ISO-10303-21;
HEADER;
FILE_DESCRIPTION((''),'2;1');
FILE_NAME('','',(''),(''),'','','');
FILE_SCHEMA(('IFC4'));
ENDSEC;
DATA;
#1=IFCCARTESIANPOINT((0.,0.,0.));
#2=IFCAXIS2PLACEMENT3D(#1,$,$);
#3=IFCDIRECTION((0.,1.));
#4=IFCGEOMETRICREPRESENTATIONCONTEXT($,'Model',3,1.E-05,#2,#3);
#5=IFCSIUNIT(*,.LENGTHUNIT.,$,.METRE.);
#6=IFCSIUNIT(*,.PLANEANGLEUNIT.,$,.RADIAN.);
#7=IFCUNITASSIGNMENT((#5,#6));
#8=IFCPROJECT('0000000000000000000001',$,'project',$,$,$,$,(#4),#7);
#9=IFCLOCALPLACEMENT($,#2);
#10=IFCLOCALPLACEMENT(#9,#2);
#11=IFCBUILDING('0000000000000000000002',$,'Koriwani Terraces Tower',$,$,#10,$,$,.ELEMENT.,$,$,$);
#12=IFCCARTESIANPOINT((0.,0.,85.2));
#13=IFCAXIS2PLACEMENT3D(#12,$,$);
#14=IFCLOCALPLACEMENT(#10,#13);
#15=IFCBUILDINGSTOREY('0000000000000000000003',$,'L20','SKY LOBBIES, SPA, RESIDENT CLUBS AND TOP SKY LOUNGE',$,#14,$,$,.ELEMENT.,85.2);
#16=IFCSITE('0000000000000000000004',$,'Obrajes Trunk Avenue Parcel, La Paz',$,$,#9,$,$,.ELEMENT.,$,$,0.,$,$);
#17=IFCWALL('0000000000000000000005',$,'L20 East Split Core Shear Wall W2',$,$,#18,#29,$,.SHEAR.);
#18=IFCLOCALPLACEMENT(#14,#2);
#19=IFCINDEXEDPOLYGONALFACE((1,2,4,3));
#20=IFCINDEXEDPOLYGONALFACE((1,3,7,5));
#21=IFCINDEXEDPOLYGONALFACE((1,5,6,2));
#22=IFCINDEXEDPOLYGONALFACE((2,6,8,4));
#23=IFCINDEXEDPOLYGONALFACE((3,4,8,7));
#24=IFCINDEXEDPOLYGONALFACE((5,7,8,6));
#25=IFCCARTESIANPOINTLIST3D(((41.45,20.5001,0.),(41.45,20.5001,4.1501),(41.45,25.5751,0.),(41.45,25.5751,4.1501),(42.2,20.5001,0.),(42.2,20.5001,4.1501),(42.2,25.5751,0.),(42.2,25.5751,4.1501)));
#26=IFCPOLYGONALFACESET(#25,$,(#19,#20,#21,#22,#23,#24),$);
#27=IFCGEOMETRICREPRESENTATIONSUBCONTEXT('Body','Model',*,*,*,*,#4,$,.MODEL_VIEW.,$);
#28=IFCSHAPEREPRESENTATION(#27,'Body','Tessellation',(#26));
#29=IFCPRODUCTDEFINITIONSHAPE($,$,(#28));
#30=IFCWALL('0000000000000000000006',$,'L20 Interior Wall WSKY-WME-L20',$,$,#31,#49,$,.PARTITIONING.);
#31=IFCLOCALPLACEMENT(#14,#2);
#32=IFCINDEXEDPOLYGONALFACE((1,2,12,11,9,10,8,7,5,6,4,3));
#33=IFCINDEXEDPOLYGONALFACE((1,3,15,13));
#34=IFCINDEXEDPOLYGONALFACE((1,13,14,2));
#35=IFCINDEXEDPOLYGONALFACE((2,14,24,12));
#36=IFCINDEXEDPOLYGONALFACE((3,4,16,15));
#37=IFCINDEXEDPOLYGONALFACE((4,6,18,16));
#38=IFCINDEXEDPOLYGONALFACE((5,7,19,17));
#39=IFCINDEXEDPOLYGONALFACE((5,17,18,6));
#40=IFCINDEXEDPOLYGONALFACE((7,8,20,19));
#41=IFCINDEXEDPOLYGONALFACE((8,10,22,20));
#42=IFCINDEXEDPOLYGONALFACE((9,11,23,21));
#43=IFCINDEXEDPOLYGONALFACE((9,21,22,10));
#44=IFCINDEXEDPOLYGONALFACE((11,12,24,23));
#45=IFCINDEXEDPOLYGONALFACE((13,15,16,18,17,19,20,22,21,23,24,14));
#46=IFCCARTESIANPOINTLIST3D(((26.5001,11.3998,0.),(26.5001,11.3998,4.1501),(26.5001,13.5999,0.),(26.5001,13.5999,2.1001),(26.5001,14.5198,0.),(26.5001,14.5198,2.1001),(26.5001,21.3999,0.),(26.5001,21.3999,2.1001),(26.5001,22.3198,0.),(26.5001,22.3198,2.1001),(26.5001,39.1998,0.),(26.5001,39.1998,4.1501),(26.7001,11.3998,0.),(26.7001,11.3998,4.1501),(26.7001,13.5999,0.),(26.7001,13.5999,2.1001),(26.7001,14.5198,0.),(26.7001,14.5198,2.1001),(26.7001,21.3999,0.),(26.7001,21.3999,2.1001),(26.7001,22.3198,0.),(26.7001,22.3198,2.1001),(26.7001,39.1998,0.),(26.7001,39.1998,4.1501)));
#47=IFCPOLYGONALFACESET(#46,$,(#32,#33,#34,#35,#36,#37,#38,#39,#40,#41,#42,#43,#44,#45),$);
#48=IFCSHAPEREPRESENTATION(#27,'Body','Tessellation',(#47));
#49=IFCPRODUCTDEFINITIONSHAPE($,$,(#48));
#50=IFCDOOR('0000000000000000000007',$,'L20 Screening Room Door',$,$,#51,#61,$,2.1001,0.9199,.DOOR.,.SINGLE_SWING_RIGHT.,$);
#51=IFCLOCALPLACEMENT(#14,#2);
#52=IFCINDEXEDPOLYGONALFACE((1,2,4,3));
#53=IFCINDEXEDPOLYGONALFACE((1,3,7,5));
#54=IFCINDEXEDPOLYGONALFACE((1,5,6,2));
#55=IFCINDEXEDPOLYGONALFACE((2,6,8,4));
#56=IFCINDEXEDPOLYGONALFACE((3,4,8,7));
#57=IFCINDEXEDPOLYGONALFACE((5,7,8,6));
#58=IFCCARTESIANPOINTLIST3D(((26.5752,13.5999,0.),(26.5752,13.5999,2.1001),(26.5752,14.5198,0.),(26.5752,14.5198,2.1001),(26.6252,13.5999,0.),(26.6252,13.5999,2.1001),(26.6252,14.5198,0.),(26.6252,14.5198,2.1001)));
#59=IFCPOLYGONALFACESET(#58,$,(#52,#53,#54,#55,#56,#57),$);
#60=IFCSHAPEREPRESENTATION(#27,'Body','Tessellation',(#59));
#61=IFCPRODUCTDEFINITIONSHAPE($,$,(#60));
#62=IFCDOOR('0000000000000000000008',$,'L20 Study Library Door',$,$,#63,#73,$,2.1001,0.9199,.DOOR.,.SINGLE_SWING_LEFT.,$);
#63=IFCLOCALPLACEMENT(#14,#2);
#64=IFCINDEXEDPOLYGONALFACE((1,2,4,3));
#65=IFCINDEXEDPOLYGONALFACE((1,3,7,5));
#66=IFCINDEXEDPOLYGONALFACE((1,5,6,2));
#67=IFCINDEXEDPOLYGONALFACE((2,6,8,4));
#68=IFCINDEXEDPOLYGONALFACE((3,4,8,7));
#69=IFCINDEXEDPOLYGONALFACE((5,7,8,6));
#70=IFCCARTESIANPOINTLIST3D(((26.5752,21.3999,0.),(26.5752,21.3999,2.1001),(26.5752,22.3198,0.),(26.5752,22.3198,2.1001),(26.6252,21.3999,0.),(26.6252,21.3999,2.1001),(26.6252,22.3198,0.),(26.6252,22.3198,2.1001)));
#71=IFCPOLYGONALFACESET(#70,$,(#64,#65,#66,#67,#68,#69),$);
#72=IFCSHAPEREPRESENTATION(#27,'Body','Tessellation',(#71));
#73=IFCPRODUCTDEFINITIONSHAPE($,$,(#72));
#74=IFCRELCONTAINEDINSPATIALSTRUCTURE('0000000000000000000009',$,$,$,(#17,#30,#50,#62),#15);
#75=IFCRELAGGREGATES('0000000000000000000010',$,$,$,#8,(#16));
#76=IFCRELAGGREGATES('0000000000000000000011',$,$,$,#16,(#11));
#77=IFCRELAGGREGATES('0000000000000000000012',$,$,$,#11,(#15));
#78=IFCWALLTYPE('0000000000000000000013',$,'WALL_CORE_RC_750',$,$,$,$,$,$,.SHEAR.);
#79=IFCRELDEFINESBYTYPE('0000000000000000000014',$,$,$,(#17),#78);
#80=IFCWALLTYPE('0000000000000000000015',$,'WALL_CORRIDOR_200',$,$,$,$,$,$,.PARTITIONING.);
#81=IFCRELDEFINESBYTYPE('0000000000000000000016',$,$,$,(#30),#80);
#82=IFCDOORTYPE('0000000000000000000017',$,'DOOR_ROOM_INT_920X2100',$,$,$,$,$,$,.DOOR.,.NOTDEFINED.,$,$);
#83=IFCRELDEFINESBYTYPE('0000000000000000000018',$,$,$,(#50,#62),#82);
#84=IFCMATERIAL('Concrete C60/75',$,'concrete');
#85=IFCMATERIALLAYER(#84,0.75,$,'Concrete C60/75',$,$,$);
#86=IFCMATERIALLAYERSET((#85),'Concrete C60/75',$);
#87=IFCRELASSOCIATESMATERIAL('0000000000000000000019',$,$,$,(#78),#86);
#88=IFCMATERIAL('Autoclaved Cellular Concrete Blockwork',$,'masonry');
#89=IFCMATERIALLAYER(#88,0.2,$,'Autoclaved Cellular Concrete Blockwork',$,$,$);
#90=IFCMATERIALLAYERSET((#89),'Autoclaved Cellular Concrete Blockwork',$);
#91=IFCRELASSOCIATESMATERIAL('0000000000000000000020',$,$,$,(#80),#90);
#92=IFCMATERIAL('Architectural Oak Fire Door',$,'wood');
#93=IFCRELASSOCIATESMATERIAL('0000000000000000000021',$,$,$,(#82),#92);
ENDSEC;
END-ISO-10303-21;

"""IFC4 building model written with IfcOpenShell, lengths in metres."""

from ifc_helpers import new_model, si_unit, direction, frame, frame_2d, origin, place, context, subcontext, project, spatial, rectangle, extrude, material, layer, layer_set, type_object, element, fill, save


model = new_model("IFC4")

# Units and contexts
model_context = context("Model", 3, precision=1e-05, world=origin(), true_north=direction((0.0, 1.0)))
body_context = subcontext(model_context, "Body", "Model", "MODEL_VIEW")
ifc_project = project(units=[si_unit("LENGTHUNIT", "METRE"), si_unit("PLANEANGLEUNIT", "RADIAN")], contexts=[model_context])

# Site, building, storey
site_placement = place(None, origin())
site = spatial("IfcSite", under=ifc_project, at=site_placement, Name="Obrajes Trunk Avenue Parcel, La Paz", CompositionType="ELEMENT", RefElevation=0.0)
building_placement = place(site_placement, origin())
building = spatial("IfcBuilding", under=site, at=building_placement, Name="Koriwani Terraces Tower", CompositionType="ELEMENT")
storey_placement = place(building_placement, frame((0.0, 0.0, 85.2)))
storey = spatial("IfcBuildingStorey", under=building, at=storey_placement, Name="L20", Description="SKY LOBBIES, SPA, RESIDENT CLUBS AND TOP SKY LOUNGE", CompositionType="ELEMENT", Elevation=85.2)

# Shared definitions
ifc_material_1 = material(Name="Concrete C60/75", Category="concrete")

# Wall
ifc_layer_1 = layer(ifc_material_1, 0.75, Name="Concrete C60/75")
ifc_layer_set_1 = layer_set([ifc_layer_1], Name="Concrete C60/75")
wall_type_1 = type_object("IfcWallType", Name="WALL_CORE_RC_750", PredefinedType="SHEAR", material=ifc_layer_set_1)
wall_1_placement = place(storey_placement, frame((41.825, 20.5, 0.0), z_axis=(0.0, 0.0, 1.0), x_axis=(0.0, 1.0, 0.0)))
element("IfcWall", 1, at=wall_1_placement, inside=storey, type_object=wall_type_1, Name="L20 East Split Core Shear Wall W2", PredefinedType="SHEAR", context=body_context, shape_type="SweptSolid", body=[
    extrude(rectangle(XDim=5.075, YDim=0.75, at=frame_2d((2.5376, 0.0))), origin(), (0.0, 0.0, 1.0), 4.1501),
])

# Wall, openings, doors
ifc_material_2 = material(Name="Autoclaved Cellular Concrete Blockwork", Category="masonry")
ifc_layer_2 = layer(ifc_material_2, 0.2, Name="Autoclaved Cellular Concrete Blockwork")
ifc_layer_set_2 = layer_set([ifc_layer_2], Name="Autoclaved Cellular Concrete Blockwork")
wall_type_2 = type_object("IfcWallType", Name="WALL_CORRIDOR_200", PredefinedType="PARTITIONING", material=ifc_layer_set_2)
wall_2_placement = place(storey_placement, frame((26.6001, 11.3999, 0.0), z_axis=(0.0, 0.0, 1.0), x_axis=(0.0, 1.0, 0.0)))
wall_2 = element("IfcWall", 2, at=wall_2_placement, inside=storey, type_object=wall_type_2, Name="L20 Interior Wall WSKY-WME-L20", PredefinedType="PARTITIONING", context=body_context, shape_type="SweptSolid", body=[
    extrude(rectangle(XDim=27.8, YDim=0.2, at=frame_2d((13.8999, 0.0))), origin(), (0.0, 0.0, 1.0), 4.1501),
])
opening_1_placement = place(wall_2_placement, frame((2.2, 0.0, 0.0)))
opening_1 = element("IfcOpeningElement", 3, at=opening_1_placement, cuts=wall_2, PredefinedType="OPENING", context=body_context, shape_type="SweptSolid", body=[
    extrude(rectangle(XDim=0.9199, YDim=2.1001, at=frame_2d((0.46, 1.05))), frame((0.0, 0.1099, 0.0), z_axis=(0.0, -1.0, 0.0), x_axis=(1.0, 0.0, 0.0)), (0.0, 0.0, 1.0), 0.22),
])
opening_2_placement = place(wall_2_placement, frame((10.0, 0.0, 0.0)))
opening_2 = element("IfcOpeningElement", 4, at=opening_2_placement, cuts=wall_2, PredefinedType="OPENING", context=body_context, shape_type="SweptSolid", body=[
    extrude(rectangle(XDim=0.9199, YDim=2.1001, at=frame_2d((0.46, 1.05))), frame((0.0, 0.1099, 0.0), z_axis=(0.0, -1.0, 0.0), x_axis=(1.0, 0.0, 0.0)), (0.0, 0.0, 1.0), 0.22),
])
ifc_material_3 = material(Name="Architectural Oak Fire Door", Category="wood")
door_type = type_object("IfcDoorType", Name="DOOR_ROOM_INT_920X2100", OperationType="NOTDEFINED", PredefinedType="DOOR", material=ifc_material_3)
door_1_placement = place(opening_1_placement, origin())
door_1 = element("IfcDoor", 5, at=door_1_placement, inside=storey, type_object=door_type, Name="L20 Screening Room Door", OperationType="SINGLE_SWING_RIGHT", OverallHeight=2.1001, OverallWidth=0.9199, PredefinedType="DOOR", context=body_context, shape_type="SweptSolid", body=[
    extrude(rectangle(XDim=0.9199, YDim=2.1001, at=frame_2d((0.46, 1.05))), frame((0.0, 0.0249, 0.0), z_axis=(0.0, -1.0, 0.0), x_axis=(1.0, 0.0, 0.0)), (0.0, 0.0, 1.0), 0.05),
])
fill(opening_1, door_1)
door_2_placement = place(opening_2_placement, origin())
door_2 = element("IfcDoor", 6, at=door_2_placement, inside=storey, type_object=door_type, Name="L20 Study Library Door", OperationType="SINGLE_SWING_LEFT", OverallHeight=2.1001, OverallWidth=0.9199, PredefinedType="DOOR", context=body_context, shape_type="SweptSolid", body=[
    extrude(rectangle(XDim=0.9199, YDim=2.1001, at=frame_2d((0.46, 1.05))), frame((0.0, 0.0249, 0.0), z_axis=(0.0, -1.0, 0.0), x_axis=(1.0, 0.0, 0.0)), (0.0, 0.0, 1.0), 0.05),
])
fill(opening_2, door_2)

save(model, "model.ifc")
